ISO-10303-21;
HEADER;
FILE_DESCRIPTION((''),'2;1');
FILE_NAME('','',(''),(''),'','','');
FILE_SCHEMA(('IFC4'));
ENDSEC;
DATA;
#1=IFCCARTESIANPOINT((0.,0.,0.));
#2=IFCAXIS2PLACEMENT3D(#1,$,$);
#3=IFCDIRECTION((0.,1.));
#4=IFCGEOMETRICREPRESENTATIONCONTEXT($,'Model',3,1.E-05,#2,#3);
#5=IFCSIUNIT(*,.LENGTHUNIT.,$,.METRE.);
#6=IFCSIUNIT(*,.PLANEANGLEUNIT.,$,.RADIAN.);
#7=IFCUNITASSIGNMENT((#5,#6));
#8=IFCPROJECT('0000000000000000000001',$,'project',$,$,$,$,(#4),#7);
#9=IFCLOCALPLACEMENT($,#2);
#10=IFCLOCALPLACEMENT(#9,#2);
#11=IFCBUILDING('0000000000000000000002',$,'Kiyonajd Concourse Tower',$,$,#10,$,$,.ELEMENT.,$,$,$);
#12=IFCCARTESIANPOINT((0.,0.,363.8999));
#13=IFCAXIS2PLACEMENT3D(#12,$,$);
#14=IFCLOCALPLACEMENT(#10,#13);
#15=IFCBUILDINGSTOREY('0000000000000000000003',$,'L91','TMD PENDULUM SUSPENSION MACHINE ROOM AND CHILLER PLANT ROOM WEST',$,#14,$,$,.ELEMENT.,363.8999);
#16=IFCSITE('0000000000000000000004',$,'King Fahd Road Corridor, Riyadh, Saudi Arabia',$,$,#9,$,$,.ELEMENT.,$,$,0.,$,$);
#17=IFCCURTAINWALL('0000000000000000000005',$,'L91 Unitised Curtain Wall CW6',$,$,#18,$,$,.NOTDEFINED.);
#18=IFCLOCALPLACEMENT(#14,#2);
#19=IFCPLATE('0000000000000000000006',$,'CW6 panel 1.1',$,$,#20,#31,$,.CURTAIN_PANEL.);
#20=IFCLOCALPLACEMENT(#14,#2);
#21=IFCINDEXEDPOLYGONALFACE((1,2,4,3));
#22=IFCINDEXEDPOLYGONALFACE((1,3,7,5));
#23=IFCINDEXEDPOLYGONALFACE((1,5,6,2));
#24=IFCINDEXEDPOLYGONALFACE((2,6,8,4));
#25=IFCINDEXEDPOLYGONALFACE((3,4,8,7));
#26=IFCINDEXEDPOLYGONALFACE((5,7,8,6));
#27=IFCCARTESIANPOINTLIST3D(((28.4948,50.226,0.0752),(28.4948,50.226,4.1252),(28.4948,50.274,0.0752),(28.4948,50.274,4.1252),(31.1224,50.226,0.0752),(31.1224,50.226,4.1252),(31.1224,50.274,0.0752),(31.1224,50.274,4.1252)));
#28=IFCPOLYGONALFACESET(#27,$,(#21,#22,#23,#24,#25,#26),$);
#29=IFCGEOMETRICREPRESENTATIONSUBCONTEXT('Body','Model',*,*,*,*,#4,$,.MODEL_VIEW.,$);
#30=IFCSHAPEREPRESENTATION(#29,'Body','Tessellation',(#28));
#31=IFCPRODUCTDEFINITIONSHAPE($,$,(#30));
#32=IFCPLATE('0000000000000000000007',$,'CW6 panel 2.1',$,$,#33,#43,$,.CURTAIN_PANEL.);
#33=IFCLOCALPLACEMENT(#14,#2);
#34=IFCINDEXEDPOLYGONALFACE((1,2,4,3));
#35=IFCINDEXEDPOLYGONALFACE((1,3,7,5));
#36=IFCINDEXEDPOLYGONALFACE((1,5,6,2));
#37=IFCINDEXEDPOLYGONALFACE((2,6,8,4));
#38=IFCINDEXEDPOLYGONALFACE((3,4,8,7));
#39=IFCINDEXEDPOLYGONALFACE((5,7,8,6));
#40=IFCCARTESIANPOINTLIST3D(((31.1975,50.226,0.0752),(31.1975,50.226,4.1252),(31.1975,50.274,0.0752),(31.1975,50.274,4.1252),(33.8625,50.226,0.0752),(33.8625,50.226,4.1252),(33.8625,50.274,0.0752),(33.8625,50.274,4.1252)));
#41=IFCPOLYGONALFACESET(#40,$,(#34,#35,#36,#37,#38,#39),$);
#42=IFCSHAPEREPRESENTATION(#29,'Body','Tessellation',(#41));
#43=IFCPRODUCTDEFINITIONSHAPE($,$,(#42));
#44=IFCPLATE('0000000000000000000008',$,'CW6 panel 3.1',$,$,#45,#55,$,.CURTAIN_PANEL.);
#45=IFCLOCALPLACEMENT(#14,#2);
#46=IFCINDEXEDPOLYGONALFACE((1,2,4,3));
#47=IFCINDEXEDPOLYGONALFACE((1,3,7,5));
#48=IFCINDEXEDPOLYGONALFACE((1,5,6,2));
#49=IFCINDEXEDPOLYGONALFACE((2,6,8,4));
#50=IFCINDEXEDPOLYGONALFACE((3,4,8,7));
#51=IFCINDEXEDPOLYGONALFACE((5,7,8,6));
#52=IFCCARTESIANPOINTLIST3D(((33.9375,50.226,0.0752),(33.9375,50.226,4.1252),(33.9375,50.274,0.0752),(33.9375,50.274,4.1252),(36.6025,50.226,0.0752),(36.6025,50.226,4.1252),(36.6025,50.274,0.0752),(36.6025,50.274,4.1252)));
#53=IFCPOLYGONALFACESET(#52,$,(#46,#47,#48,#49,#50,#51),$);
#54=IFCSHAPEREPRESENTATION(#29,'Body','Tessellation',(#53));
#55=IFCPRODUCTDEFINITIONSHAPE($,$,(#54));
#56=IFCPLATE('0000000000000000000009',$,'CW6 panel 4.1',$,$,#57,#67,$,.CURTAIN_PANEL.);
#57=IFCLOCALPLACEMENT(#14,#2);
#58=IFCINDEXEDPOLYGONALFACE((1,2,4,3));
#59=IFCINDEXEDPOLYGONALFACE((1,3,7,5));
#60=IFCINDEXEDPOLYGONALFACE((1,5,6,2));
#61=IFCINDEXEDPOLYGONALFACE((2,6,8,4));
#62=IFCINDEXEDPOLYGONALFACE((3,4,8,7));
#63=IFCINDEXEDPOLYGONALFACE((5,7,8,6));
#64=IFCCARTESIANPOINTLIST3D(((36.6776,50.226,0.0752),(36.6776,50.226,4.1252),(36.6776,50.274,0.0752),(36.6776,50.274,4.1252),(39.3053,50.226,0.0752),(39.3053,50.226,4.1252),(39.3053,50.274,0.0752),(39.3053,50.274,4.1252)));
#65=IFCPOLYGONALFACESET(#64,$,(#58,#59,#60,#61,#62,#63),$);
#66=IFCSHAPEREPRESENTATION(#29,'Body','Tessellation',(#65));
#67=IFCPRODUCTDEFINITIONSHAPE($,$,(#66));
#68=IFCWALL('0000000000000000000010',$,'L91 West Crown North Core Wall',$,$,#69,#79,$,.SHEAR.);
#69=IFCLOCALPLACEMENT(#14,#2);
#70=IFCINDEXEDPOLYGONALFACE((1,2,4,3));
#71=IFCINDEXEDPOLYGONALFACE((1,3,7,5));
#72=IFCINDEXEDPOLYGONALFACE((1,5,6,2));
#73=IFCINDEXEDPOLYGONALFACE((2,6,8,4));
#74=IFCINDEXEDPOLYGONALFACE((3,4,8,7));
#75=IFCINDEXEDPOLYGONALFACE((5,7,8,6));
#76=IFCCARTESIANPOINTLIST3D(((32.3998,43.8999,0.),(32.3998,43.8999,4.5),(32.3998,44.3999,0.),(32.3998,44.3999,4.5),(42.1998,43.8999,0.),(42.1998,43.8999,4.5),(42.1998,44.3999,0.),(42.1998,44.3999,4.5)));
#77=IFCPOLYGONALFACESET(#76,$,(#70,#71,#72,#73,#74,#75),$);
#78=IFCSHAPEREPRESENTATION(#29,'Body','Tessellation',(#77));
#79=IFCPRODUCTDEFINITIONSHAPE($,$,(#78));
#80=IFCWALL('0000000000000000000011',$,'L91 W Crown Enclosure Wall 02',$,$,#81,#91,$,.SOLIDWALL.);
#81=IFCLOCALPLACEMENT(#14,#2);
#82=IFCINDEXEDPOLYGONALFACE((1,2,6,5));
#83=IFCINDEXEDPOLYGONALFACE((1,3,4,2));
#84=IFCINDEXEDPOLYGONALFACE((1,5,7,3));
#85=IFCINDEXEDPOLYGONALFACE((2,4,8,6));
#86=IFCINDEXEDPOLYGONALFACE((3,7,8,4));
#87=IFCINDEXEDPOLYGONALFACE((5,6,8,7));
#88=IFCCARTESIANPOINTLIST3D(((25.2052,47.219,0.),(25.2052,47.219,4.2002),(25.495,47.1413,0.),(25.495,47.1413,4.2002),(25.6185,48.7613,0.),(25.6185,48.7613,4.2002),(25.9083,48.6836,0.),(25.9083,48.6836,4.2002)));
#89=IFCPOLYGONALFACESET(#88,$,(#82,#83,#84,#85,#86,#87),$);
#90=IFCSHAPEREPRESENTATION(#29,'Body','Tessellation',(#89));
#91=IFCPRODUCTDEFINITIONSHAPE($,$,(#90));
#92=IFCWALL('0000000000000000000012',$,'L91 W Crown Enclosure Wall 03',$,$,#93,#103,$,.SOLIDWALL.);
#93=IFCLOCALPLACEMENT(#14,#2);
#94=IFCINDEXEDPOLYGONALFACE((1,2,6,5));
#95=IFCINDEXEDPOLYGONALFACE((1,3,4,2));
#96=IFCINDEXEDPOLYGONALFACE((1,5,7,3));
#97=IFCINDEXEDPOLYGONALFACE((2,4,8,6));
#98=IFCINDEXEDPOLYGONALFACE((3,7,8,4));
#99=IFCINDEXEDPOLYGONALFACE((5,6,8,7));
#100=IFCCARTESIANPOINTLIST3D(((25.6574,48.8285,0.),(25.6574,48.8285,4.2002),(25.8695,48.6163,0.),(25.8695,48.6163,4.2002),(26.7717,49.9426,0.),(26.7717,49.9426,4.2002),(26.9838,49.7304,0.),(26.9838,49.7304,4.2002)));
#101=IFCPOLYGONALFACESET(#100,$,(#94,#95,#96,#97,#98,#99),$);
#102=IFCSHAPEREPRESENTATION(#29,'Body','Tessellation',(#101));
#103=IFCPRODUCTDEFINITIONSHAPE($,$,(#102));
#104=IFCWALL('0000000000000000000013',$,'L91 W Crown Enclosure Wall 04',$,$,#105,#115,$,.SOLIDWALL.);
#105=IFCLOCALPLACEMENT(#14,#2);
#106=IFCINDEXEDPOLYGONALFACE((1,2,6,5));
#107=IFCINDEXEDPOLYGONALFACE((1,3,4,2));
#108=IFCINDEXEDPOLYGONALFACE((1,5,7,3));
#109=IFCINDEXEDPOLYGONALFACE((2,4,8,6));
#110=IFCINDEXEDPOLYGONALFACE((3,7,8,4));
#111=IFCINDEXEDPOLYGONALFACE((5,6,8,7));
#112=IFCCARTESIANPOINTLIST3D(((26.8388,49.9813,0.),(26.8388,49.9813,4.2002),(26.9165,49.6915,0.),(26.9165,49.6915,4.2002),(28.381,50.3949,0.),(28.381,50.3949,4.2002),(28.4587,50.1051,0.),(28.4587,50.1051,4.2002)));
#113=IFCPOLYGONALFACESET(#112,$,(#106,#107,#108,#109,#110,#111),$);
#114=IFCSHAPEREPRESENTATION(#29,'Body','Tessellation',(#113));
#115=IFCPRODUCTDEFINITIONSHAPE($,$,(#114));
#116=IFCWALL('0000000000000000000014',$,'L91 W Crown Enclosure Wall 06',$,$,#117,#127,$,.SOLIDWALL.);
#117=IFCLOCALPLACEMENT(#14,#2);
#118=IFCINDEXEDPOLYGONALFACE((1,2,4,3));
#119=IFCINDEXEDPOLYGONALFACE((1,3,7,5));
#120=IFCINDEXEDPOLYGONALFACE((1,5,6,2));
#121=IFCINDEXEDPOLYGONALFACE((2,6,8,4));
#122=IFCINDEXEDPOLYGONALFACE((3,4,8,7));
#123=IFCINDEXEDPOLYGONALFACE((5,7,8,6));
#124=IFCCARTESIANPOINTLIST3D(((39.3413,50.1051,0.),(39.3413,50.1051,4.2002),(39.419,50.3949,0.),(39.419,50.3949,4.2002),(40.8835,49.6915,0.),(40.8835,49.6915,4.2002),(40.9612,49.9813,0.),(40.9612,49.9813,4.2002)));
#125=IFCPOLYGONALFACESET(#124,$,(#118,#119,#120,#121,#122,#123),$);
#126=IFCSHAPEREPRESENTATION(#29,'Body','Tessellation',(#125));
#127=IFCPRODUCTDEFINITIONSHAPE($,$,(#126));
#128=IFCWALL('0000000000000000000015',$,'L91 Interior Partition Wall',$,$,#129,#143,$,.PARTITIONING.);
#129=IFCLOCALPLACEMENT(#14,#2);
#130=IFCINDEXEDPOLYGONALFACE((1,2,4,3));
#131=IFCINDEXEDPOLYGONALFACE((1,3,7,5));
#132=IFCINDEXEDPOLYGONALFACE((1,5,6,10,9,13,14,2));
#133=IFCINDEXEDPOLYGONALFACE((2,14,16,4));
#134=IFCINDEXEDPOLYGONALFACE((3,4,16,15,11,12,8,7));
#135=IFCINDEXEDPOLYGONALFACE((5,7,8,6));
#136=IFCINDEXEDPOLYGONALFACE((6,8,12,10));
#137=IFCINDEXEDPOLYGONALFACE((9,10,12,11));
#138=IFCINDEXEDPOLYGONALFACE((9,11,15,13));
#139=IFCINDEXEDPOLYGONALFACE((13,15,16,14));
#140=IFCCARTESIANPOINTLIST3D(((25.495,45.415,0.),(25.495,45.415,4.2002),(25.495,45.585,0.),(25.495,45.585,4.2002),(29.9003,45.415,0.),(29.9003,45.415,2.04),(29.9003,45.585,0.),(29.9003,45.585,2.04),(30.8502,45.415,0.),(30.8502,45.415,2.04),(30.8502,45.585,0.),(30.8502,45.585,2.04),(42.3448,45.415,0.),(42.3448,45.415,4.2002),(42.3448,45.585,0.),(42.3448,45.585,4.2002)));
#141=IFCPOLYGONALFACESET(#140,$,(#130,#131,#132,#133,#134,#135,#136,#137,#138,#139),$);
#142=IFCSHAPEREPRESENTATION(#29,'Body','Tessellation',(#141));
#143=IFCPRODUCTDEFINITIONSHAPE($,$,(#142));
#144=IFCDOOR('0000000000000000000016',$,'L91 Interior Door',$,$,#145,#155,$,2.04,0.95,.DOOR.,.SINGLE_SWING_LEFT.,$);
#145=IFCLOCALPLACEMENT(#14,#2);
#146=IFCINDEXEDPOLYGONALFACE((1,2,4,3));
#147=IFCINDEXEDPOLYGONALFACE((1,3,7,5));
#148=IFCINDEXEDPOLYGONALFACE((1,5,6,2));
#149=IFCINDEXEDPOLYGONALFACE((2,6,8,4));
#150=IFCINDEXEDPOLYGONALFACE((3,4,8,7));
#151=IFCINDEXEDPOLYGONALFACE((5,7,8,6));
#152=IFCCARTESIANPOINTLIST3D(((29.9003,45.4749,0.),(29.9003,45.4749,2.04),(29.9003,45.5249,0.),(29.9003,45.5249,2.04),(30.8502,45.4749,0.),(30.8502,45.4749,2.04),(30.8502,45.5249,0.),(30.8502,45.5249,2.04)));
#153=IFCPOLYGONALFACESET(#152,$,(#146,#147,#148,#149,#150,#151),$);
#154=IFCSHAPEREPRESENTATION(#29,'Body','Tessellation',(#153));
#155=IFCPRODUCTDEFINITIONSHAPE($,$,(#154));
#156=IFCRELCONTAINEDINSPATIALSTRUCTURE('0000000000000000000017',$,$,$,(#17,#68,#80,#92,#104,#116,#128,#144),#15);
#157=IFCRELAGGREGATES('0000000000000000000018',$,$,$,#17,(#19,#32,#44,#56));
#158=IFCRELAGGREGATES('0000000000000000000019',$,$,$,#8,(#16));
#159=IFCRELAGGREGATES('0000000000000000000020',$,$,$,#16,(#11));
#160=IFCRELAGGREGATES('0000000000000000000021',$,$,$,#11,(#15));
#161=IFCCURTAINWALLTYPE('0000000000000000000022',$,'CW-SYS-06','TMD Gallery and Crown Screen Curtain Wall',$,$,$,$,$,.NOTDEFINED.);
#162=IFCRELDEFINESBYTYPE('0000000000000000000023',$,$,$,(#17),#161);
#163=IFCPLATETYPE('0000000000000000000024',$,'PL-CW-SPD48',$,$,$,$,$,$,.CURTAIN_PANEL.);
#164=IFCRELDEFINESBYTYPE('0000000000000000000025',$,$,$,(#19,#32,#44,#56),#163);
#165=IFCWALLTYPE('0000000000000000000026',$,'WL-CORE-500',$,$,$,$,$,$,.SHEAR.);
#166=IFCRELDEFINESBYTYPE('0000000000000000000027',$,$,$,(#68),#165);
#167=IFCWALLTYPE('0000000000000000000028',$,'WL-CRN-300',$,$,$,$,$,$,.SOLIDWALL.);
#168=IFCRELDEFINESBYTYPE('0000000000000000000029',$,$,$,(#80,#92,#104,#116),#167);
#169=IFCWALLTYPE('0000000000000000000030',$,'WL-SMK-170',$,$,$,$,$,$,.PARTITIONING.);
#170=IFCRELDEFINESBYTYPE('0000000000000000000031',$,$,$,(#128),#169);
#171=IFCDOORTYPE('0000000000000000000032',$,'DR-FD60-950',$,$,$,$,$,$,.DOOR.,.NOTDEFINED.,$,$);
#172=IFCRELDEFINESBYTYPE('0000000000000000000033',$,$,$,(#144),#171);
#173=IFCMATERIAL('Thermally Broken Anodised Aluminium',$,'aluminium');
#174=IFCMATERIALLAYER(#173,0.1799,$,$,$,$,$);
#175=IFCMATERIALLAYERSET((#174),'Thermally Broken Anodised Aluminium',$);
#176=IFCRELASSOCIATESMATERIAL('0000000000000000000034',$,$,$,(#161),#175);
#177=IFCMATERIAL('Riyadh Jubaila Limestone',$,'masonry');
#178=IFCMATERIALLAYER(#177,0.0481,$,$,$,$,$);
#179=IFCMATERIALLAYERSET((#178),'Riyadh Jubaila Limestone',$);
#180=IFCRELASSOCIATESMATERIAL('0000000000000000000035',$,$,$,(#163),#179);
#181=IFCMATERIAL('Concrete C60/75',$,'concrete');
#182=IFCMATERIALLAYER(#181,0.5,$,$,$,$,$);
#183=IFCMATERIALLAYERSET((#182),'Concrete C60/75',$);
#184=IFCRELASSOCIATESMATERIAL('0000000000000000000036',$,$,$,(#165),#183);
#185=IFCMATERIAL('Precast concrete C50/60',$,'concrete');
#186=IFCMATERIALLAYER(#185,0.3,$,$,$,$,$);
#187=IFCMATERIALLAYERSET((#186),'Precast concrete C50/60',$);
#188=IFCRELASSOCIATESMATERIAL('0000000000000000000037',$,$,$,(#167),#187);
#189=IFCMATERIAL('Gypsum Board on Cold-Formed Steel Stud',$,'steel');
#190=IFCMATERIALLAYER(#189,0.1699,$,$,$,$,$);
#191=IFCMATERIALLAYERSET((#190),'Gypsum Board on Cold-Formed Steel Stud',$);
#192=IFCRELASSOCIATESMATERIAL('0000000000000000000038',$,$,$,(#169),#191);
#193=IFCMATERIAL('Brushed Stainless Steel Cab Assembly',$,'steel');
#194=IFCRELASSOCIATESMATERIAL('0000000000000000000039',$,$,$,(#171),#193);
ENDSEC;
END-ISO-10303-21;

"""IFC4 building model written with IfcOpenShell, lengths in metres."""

from ifc_helpers import new_model, si_unit, direction, frame, frame_2d, origin, origin_2d, place, context, subcontext, project, spatial, rectangle, extrude, material, layer, layer_set, type_object, element, fill, aggregate, save


model = new_model("IFC4")

# Units and contexts
model_context = context("Model", 3, precision=1e-05, world=origin(), true_north=direction((0.0, 1.0)))
body_context = subcontext(model_context, "Body", "Model", "MODEL_VIEW")
ifc_project = project(units=[si_unit("LENGTHUNIT", "METRE"), si_unit("PLANEANGLEUNIT", "RADIAN")], contexts=[model_context])

# Site, building, storey
site_placement = place(None, origin())
site = spatial("IfcSite", under=ifc_project, at=site_placement, Name="King Fahd Road Corridor, Riyadh, Saudi Arabia", CompositionType="ELEMENT", RefElevation=0.0)
building_placement = place(site_placement, origin())
building = spatial("IfcBuilding", under=site, at=building_placement, Name="Kiyonajd Concourse Tower", CompositionType="ELEMENT")
storey_placement = place(building_placement, frame((0.0, 0.0, 363.8999)))
storey = spatial("IfcBuildingStorey", under=building, at=storey_placement, Name="L91", Description="TMD PENDULUM SUSPENSION MACHINE ROOM AND CHILLER PLANT ROOM WEST", CompositionType="ELEMENT", Elevation=363.8999)

# Curtain wall
ifc_material_1 = material(Name="Thermally Broken Anodised Aluminium", Category="aluminium")
ifc_layer_1 = layer(ifc_material_1, 0.1799)
ifc_layer_set_1 = layer_set([ifc_layer_1], Name="Thermally Broken Anodised Aluminium")
curtain_wall_type = type_object("IfcCurtainWallType", Name="CW-SYS-06", Description="TMD Gallery and Crown Screen Curtain Wall", PredefinedType="NOTDEFINED", material=ifc_layer_set_1)
curtain_wall_placement = place(storey_placement, origin())
curtain_wall = element("IfcCurtainWall", 1, at=curtain_wall_placement, inside=storey, type_object=curtain_wall_type, Name="L91 Unitised Curtain Wall CW6", PredefinedType="NOTDEFINED")

# Plates
ifc_material_2 = material(Name="Riyadh Jubaila Limestone", Category="masonry")
ifc_layer_2 = layer(ifc_material_2, 0.0481)
ifc_layer_set_2 = layer_set([ifc_layer_2], Name="Riyadh Jubaila Limestone")
plate_type_1 = type_object("IfcPlateType", Name="PL-CW-SPD48", PredefinedType="CURTAIN_PANEL", material=ifc_layer_set_2)
plate_1_placement = place(storey_placement, frame((29.8086, 50.25, 0.0752), z_axis=(0.0, 0.0, 1.0), x_axis=(1.0, 0.0, 0.0)))
plate_1 = element("IfcPlate", 2, at=plate_1_placement, type_object=plate_type_1, Name="CW6 panel 1.1", PredefinedType="CURTAIN_PANEL", context=body_context, shape_type="SweptSolid", body=[
    extrude(rectangle(XDim=2.6277, YDim=0.0481, at=origin_2d()), origin(), (0.0, 0.0, 1.0), 4.05),
])
plate_2_placement = place(storey_placement, frame((32.53, 50.25, 0.0752), z_axis=(0.0, 0.0, 1.0), x_axis=(1.0, 0.0, 0.0)))
plate_2 = element("IfcPlate", 3, at=plate_2_placement, type_object=plate_type_1, Name="CW6 panel 2.1", PredefinedType="CURTAIN_PANEL", context=body_context, shape_type="SweptSolid", body=[
    extrude(rectangle(XDim=2.665, YDim=0.0481, at=origin_2d()), origin(), (0.0, 0.0, 1.0), 4.05),
])
plate_3_placement = place(storey_placement, frame((35.27, 50.25, 0.0752), z_axis=(0.0, 0.0, 1.0), x_axis=(1.0, 0.0, 0.0)))
plate_3 = element("IfcPlate", 4, at=plate_3_placement, type_object=plate_type_1, Name="CW6 panel 3.1", PredefinedType="CURTAIN_PANEL", context=body_context, shape_type="SweptSolid", body=[
    extrude(rectangle(XDim=2.665, YDim=0.0481, at=origin_2d()), origin(), (0.0, 0.0, 1.0), 4.05),
])
plate_4_placement = place(storey_placement, frame((37.9915, 50.25, 0.0752), z_axis=(0.0, 0.0, 1.0), x_axis=(1.0, 0.0, 0.0)))
plate_4 = element("IfcPlate", 5, at=plate_4_placement, type_object=plate_type_1, Name="CW6 panel 4.1", PredefinedType="CURTAIN_PANEL", context=body_context, shape_type="SweptSolid", body=[
    extrude(rectangle(XDim=2.6277, YDim=0.0481, at=origin_2d()), origin(), (0.0, 0.0, 1.0), 4.05),
])
aggregate(curtain_wall, [plate_1, plate_2, plate_3, plate_4])

# Walls
ifc_material_3 = material(Name="Concrete C60/75", Category="concrete")
ifc_layer_3 = layer(ifc_material_3, 0.5)
ifc_layer_set_3 = layer_set([ifc_layer_3], Name="Concrete C60/75")
wall_type_1 = type_object("IfcWallType", Name="WL-CORE-500", PredefinedType="SHEAR", material=ifc_layer_set_3)
wall_1_placement = place(storey_placement, frame((32.3999, 44.1499, 0.0), z_axis=(0.0, 0.0, 1.0), x_axis=(1.0, 0.0, 0.0)))
element("IfcWall", 6, at=wall_1_placement, inside=storey, type_object=wall_type_1, Name="L91 West Crown North Core Wall", PredefinedType="SHEAR", context=body_context, shape_type="SweptSolid", body=[
    extrude(rectangle(XDim=9.8, YDim=0.5, at=frame_2d((4.8999, 0.0))), origin(), (0.0, 0.0, 1.0), 4.5),
])
ifc_material_4 = material(Name="Precast concrete C50/60", Category="concrete")
ifc_layer_4 = layer(ifc_material_4, 0.3)
ifc_layer_set_4 = layer_set([ifc_layer_4], Name="Precast concrete C50/60")
wall_type_2 = type_object("IfcWallType", Name="WL-CRN-300", PredefinedType="SOLIDWALL", material=ifc_layer_set_4)
wall_2_placement = place(storey_placement, frame((25.3501, 47.1802, 0.0), z_axis=(0.0, 0.0, 1.0), x_axis=(0.258871, 0.965912, 0.0)))
element("IfcWall", 7, at=wall_2_placement, inside=storey, type_object=wall_type_2, Name="L91 W Crown Enclosure Wall 02", PredefinedType="SOLIDWALL", context=body_context, shape_type="SweptSolid", body=[
    extrude(rectangle(XDim=1.5967, YDim=0.3, at=frame_2d((0.7983, 0.0))), origin(), (0.0, 0.0, 1.0), 4.2002),
])
wall_3_placement = place(storey_placement, frame((25.7634, 48.7224, 0.0), z_axis=(0.0, 0.0, 1.0), x_axis=(0.707184, 0.707029, 0.0)))
element("IfcWall", 8, at=wall_3_placement, inside=storey, type_object=wall_type_2, Name="L91 W Crown Enclosure Wall 03", PredefinedType="SOLIDWALL", context=body_context, shape_type="SweptSolid", body=[
    extrude(rectangle(XDim=1.5757, YDim=0.3, at=frame_2d((0.7878, 0.0))), origin(), (0.0, 0.0, 1.0), 4.2002),
])
for number, where, z_axis, x_axis, name in (
    (9, (26.8777, 49.8364, 0.0), (0.0, 0.0, 1.0), (0.965874, 0.259014, 0.0), "L91 W Crown Enclosure Wall 04"),
    (10, (39.3801, 50.25, 0.0), (0.0, 0.0, 1.0), (0.965874, -0.259014, 0.0), "L91 W Crown Enclosure Wall 06"),
):
    element("IfcWall", number, at=place(storey_placement, frame(where, z_axis=z_axis, x_axis=x_axis)), inside=storey, type_object=wall_type_2, Name=name, PredefinedType="SOLIDWALL", context=body_context, shape_type="SweptSolid", body=[
        extrude(rectangle(XDim=1.5967, YDim=0.3, at=frame_2d((0.7983, 0.0))), origin(), (0.0, 0.0, 1.0), 4.2002),
    ])

# Wall, opening, door
ifc_material_5 = material(Name="Gypsum Board on Cold-Formed Steel Stud", Category="steel")
ifc_layer_5 = layer(ifc_material_5, 0.1699)
ifc_layer_set_5 = layer_set([ifc_layer_5], Name="Gypsum Board on Cold-Formed Steel Stud")
wall_type_3 = type_object("IfcWallType", Name="WL-SMK-170", PredefinedType="PARTITIONING", material=ifc_layer_set_5)
wall_4_placement = place(storey_placement, frame((25.4951, 45.5, 0.0), z_axis=(0.0, 0.0, 1.0), x_axis=(1.0, 0.0, 0.0)))
wall_4 = element("IfcWall", 11, at=wall_4_placement, inside=storey, type_object=wall_type_3, Name="L91 Interior Partition Wall", PredefinedType="PARTITIONING", context=body_context, shape_type="SweptSolid", body=[
    extrude(rectangle(XDim=16.8499, YDim=0.1699, at=frame_2d((8.4248, 0.0))), origin(), (0.0, 0.0, 1.0), 4.2002),
])
opening_placement = place(wall_4_placement, frame((4.405, 0.0, 0.0)))
opening = element("IfcOpeningElement", 12, at=opening_placement, cuts=wall_4, PredefinedType="OPENING", context=body_context, shape_type="SweptSolid", body=[
    extrude(rectangle(XDim=0.95, YDim=2.04, at=frame_2d((0.4751, 1.02))), frame((0.0, 0.095, 0.0), z_axis=(0.0, -1.0, 0.0), x_axis=(1.0, 0.0, 0.0)), (0.0, 0.0, 1.0), 0.1899),
])
ifc_material_6 = material(Name="Brushed Stainless Steel Cab Assembly", Category="steel")
door_type = type_object("IfcDoorType", Name="DR-FD60-950", OperationType="NOTDEFINED", PredefinedType="DOOR", material=ifc_material_6)
door_placement = place(opening_placement, origin())
door = element("IfcDoor", 13, at=door_placement, inside=storey, type_object=door_type, Name="L91 Interior Door", OperationType="SINGLE_SWING_LEFT", OverallHeight=2.04, OverallWidth=0.95, PredefinedType="DOOR", context=body_context, shape_type="SweptSolid", body=[
    extrude(rectangle(XDim=0.95, YDim=2.04, at=frame_2d((0.4751, 1.02))), frame((0.0, 0.0249, 0.0), z_axis=(0.0, -1.0, 0.0), x_axis=(1.0, 0.0, 0.0)), (0.0, 0.0, 1.0), 0.05),
])
fill(opening, door)

save(model, "model.ifc")
